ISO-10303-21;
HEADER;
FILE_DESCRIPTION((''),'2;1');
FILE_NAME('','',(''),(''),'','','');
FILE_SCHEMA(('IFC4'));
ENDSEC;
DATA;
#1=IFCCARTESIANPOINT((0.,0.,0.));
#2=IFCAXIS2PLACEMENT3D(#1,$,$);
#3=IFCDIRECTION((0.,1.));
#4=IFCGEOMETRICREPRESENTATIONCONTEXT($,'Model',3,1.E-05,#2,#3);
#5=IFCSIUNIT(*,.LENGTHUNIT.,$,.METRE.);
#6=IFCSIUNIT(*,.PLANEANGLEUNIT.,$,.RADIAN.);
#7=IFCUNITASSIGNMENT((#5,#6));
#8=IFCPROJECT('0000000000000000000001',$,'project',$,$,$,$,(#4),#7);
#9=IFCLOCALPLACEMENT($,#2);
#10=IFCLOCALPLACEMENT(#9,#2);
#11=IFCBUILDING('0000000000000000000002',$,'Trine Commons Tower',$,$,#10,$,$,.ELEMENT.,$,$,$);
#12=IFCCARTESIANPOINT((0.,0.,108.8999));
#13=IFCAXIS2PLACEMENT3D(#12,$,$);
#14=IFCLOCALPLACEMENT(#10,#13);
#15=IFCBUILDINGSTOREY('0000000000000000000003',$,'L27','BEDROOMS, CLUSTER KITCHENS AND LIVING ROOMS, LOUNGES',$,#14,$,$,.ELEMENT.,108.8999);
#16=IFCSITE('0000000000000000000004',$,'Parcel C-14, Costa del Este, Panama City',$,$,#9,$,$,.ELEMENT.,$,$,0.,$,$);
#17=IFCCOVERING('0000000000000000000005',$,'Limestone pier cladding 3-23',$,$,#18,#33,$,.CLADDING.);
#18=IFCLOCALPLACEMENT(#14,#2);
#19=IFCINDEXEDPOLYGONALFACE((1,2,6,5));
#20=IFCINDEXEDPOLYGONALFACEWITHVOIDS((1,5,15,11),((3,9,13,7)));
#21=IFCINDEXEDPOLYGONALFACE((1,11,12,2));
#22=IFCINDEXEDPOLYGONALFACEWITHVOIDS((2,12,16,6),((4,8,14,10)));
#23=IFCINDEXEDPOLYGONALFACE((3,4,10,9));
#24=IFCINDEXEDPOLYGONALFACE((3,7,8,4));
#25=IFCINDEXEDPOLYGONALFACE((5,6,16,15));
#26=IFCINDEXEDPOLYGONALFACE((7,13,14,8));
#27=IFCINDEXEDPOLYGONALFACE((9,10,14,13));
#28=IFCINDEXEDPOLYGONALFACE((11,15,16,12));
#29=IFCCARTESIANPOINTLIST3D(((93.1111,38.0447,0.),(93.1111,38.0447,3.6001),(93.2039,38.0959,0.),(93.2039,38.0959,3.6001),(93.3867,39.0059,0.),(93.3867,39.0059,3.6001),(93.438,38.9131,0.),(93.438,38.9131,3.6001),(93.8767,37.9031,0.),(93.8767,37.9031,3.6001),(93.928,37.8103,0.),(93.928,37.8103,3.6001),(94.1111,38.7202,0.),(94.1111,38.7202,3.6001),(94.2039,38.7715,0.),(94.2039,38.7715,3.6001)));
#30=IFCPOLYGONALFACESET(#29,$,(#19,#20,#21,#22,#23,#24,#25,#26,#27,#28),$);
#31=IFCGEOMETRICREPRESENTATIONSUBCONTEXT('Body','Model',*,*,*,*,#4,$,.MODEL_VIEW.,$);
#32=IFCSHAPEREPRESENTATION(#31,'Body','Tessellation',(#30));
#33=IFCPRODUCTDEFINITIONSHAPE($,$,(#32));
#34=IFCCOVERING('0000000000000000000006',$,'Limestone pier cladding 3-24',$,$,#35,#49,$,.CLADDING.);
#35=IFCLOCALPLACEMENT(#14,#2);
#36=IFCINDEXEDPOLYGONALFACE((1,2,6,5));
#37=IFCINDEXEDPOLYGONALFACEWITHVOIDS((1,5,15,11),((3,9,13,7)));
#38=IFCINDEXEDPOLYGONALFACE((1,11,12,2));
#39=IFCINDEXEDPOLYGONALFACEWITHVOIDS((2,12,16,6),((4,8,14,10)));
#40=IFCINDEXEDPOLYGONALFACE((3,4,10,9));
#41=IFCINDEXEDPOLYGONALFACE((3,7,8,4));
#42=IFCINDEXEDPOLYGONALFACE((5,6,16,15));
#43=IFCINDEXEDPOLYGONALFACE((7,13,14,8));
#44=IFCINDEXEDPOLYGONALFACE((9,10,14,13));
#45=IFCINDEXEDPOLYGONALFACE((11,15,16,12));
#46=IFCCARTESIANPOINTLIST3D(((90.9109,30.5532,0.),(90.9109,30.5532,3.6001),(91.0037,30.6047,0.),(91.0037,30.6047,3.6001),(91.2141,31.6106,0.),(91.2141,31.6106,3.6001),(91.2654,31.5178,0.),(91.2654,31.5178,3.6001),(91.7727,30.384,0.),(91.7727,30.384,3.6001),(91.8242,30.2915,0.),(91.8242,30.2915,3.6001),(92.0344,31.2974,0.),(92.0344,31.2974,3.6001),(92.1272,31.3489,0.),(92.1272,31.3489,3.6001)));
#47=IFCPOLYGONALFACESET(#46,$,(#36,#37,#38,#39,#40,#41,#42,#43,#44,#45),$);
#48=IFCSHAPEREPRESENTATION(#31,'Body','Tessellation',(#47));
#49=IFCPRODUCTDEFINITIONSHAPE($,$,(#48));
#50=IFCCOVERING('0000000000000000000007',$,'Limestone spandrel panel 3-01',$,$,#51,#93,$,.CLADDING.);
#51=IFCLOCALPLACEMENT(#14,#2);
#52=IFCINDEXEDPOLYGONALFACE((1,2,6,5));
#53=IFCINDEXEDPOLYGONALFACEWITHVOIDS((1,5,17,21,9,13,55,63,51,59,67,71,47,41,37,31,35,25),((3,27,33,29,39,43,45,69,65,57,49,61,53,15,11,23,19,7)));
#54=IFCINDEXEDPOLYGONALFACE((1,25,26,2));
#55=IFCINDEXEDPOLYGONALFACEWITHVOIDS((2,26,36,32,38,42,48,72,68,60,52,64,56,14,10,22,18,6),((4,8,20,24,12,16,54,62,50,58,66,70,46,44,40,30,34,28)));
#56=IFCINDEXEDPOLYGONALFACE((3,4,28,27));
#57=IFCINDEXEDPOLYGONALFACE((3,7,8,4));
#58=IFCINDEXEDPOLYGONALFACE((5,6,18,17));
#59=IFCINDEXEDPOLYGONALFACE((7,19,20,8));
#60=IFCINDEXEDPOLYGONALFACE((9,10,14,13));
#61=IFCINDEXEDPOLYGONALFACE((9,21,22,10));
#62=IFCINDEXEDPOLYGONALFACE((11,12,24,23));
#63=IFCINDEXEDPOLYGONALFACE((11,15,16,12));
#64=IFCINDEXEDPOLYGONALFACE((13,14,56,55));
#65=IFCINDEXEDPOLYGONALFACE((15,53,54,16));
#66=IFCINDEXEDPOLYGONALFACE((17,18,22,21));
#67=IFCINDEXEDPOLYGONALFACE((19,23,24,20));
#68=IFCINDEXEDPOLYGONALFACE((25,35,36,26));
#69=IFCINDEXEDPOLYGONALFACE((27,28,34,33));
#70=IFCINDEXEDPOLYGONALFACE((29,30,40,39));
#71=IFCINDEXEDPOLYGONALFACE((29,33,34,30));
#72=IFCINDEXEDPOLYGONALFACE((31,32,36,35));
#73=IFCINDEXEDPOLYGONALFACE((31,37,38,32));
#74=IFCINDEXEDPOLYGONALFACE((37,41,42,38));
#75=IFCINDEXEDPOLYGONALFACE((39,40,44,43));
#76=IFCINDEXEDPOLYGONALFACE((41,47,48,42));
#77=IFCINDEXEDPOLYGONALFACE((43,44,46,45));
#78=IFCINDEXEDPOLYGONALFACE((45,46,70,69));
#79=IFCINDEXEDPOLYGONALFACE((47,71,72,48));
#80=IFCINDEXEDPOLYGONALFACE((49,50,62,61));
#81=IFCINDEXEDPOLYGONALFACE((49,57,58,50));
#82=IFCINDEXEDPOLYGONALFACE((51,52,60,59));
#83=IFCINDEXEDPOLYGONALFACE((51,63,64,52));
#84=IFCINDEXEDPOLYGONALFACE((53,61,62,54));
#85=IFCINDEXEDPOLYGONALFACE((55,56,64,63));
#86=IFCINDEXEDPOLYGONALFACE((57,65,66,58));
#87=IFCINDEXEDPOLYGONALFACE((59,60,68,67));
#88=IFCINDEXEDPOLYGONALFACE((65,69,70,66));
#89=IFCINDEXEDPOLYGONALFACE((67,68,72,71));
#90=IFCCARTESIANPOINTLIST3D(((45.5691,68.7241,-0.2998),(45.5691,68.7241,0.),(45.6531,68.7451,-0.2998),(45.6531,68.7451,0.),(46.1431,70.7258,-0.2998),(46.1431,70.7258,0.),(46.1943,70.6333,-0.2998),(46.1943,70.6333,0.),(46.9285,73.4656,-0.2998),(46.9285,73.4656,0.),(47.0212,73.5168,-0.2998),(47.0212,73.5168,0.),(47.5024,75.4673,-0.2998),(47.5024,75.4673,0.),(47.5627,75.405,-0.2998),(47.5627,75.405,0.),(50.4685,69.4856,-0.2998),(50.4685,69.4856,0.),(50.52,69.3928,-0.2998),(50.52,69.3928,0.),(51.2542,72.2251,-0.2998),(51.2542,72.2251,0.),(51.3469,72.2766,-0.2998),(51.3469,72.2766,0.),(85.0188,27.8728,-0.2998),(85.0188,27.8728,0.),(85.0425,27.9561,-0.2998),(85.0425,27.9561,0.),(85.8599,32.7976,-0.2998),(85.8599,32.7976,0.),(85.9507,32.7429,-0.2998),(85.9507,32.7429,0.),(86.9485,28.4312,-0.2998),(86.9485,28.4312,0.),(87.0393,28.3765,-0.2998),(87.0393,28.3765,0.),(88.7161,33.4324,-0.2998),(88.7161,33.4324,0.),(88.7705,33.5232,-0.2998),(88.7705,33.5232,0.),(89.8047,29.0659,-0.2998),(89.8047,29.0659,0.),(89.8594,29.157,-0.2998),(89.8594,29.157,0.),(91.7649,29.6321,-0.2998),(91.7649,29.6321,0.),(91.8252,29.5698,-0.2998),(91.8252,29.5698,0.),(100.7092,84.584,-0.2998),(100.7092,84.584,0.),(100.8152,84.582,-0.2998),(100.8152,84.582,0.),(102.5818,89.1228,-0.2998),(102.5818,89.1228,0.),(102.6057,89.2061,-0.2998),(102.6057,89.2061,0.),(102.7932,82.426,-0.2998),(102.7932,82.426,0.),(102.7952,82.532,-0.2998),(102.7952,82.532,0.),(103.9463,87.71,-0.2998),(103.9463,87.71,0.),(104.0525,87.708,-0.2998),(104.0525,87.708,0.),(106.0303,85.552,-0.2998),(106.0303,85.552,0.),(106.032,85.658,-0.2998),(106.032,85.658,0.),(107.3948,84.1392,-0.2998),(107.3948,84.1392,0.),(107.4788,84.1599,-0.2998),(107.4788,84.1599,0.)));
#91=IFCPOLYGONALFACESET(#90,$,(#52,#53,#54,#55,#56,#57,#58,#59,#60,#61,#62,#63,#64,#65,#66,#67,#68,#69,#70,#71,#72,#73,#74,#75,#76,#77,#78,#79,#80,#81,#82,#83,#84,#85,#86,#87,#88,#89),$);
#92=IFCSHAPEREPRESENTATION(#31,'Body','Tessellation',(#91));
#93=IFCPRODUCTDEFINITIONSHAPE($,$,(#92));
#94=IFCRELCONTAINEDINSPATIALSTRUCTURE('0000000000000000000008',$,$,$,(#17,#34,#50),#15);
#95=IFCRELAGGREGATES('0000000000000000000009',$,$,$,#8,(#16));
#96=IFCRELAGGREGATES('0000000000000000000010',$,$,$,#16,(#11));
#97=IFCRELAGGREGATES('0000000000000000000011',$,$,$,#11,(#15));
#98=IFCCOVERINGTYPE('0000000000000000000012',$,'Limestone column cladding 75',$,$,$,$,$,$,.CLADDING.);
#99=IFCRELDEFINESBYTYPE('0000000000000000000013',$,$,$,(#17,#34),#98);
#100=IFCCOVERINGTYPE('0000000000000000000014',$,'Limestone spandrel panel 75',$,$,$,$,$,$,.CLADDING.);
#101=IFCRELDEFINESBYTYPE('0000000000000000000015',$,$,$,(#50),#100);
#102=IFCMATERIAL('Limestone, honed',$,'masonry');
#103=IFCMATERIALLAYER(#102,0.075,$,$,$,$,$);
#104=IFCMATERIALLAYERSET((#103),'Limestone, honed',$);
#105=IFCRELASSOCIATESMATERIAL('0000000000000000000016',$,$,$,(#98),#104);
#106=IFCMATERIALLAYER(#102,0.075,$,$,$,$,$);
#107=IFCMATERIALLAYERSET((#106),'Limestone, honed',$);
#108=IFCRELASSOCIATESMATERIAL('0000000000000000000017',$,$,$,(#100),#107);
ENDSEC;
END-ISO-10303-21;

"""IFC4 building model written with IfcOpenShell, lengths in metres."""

from ifc_helpers import new_model, si_unit, direction, frame, origin, place, context, subcontext, project, spatial, polyline, outline, extrude, material, layer, layer_set, type_object, element, save


model = new_model("IFC4")

# Units and contexts
model_context = context("Model", 3, precision=1e-05, world=origin(), true_north=direction((0.0, 1.0)))
body_context = subcontext(model_context, "Body", "Model", "MODEL_VIEW")
ifc_project = project(units=[si_unit("LENGTHUNIT", "METRE"), si_unit("PLANEANGLEUNIT", "RADIAN")], contexts=[model_context])

# Site, building, storey
site_placement = place(None, origin())
site = spatial("IfcSite", under=ifc_project, at=site_placement, Name="Parcel C-14, Costa del Este, Panama City", CompositionType="ELEMENT", RefElevation=0.0)
building_placement = place(site_placement, origin())
building = spatial("IfcBuilding", under=site, at=building_placement, Name="Trine Commons Tower", CompositionType="ELEMENT")
storey_placement = place(building_placement, frame((0.0, 0.0, 108.8999)))
storey = spatial("IfcBuildingStorey", under=building, at=storey_placement, Name="L27", Description="BEDROOMS, CLUSTER KITCHENS AND LIVING ROOMS, LOUNGES", CompositionType="ELEMENT", Elevation=108.8999)

# Coverings
ifc_material_1 = material(Name="Limestone, honed", Category="masonry")
ifc_layer_1 = layer(ifc_material_1, 0.075)
ifc_layer_set_1 = layer_set([ifc_layer_1], Name="Limestone, honed")
covering_type_1 = type_object("IfcCoveringType", Name="Limestone column cladding 75", PredefinedType="CLADDING", material=ifc_layer_set_1)
covering_1_placement = place(storey_placement, origin())
element("IfcCovering", 1, at=covering_1_placement, inside=storey, type_object=covering_type_1, Name="Limestone pier cladding 3-23", PredefinedType="CLADDING", context=body_context, shape_type="SweptSolid", body=[
    extrude(outline(polyline([(94.2039, 38.7715), (93.3867, 39.0059), (93.1111, 38.0447), (93.928, 37.8103), (94.2039, 38.7715)]), holes=[polyline([(94.1111, 38.7202), (93.438, 38.9131), (93.2039, 38.0959), (93.8767, 37.9031), (94.1111, 38.7202)])]), origin(), (0.0, 0.0, 1.0), 3.6001),
])
covering_2_placement = place(storey_placement, origin())
element("IfcCovering", 2, at=covering_2_placement, inside=storey, type_object=covering_type_1, Name="Limestone pier cladding 3-24", PredefinedType="CLADDING", context=body_context, shape_type="SweptSolid", body=[
    extrude(outline(polyline([(92.1272, 31.3489), (91.2141, 31.6106), (90.9109, 30.5532), (91.8242, 30.2915), (92.1272, 31.3489)]), holes=[polyline([(92.0344, 31.2974), (91.2654, 31.5178), (91.0037, 30.6047), (91.7727, 30.384), (92.0344, 31.2974)])]), origin(), (0.0, 0.0, 1.0), 3.6001),
])
ifc_layer_2 = layer(ifc_material_1, 0.075)
ifc_layer_set_2 = layer_set([ifc_layer_2], Name="Limestone, honed")
covering_type_2 = type_object("IfcCoveringType", Name="Limestone spandrel panel 75", PredefinedType="CLADDING", material=ifc_layer_set_2)
covering_3_placement = place(storey_placement, frame((0.0, 0.0, -0.2998)))
element("IfcCovering", 3, at=covering_3_placement, inside=storey, type_object=covering_type_2, Name="Limestone spandrel panel 3-01", PredefinedType="CLADDING", context=body_context, shape_type="SweptSolid", body=[
    extrude(outline(polyline([(88.7161, 33.4324), (89.8047, 29.0659), (91.8252, 29.5698), (107.4788, 84.1599), (106.032, 85.658), (102.7952, 82.532), (100.8152, 84.582), (104.0525, 87.708), (102.6057, 89.2061), (47.5024, 75.4673), (46.9285, 73.4656), (51.2542, 72.2251), (50.4685, 69.4856), (46.1431, 70.7258), (45.5691, 68.7241), (85.0188, 27.8728), (87.0393, 28.3765), (85.9507, 32.7429), (88.7161, 33.4324)]), holes=[polyline([(106.0303, 85.552), (107.3948, 84.1392), (91.7649, 29.6321), (89.8594, 29.157), (88.7705, 33.5232), (85.8599, 32.7976), (86.9485, 28.4312), (85.0425, 27.9561), (45.6531, 68.7451), (46.1943, 70.6333), (50.52, 69.3928), (51.3469, 72.2766), (47.0212, 73.5168), (47.5627, 75.405), (102.5818, 89.1228), (103.9463, 87.71), (100.7092, 84.584), (102.7932, 82.426), (106.0303, 85.552)])]), origin(), (0.0, 0.0, 1.0), 0.2998),
])

save(model, "model.ifc")
